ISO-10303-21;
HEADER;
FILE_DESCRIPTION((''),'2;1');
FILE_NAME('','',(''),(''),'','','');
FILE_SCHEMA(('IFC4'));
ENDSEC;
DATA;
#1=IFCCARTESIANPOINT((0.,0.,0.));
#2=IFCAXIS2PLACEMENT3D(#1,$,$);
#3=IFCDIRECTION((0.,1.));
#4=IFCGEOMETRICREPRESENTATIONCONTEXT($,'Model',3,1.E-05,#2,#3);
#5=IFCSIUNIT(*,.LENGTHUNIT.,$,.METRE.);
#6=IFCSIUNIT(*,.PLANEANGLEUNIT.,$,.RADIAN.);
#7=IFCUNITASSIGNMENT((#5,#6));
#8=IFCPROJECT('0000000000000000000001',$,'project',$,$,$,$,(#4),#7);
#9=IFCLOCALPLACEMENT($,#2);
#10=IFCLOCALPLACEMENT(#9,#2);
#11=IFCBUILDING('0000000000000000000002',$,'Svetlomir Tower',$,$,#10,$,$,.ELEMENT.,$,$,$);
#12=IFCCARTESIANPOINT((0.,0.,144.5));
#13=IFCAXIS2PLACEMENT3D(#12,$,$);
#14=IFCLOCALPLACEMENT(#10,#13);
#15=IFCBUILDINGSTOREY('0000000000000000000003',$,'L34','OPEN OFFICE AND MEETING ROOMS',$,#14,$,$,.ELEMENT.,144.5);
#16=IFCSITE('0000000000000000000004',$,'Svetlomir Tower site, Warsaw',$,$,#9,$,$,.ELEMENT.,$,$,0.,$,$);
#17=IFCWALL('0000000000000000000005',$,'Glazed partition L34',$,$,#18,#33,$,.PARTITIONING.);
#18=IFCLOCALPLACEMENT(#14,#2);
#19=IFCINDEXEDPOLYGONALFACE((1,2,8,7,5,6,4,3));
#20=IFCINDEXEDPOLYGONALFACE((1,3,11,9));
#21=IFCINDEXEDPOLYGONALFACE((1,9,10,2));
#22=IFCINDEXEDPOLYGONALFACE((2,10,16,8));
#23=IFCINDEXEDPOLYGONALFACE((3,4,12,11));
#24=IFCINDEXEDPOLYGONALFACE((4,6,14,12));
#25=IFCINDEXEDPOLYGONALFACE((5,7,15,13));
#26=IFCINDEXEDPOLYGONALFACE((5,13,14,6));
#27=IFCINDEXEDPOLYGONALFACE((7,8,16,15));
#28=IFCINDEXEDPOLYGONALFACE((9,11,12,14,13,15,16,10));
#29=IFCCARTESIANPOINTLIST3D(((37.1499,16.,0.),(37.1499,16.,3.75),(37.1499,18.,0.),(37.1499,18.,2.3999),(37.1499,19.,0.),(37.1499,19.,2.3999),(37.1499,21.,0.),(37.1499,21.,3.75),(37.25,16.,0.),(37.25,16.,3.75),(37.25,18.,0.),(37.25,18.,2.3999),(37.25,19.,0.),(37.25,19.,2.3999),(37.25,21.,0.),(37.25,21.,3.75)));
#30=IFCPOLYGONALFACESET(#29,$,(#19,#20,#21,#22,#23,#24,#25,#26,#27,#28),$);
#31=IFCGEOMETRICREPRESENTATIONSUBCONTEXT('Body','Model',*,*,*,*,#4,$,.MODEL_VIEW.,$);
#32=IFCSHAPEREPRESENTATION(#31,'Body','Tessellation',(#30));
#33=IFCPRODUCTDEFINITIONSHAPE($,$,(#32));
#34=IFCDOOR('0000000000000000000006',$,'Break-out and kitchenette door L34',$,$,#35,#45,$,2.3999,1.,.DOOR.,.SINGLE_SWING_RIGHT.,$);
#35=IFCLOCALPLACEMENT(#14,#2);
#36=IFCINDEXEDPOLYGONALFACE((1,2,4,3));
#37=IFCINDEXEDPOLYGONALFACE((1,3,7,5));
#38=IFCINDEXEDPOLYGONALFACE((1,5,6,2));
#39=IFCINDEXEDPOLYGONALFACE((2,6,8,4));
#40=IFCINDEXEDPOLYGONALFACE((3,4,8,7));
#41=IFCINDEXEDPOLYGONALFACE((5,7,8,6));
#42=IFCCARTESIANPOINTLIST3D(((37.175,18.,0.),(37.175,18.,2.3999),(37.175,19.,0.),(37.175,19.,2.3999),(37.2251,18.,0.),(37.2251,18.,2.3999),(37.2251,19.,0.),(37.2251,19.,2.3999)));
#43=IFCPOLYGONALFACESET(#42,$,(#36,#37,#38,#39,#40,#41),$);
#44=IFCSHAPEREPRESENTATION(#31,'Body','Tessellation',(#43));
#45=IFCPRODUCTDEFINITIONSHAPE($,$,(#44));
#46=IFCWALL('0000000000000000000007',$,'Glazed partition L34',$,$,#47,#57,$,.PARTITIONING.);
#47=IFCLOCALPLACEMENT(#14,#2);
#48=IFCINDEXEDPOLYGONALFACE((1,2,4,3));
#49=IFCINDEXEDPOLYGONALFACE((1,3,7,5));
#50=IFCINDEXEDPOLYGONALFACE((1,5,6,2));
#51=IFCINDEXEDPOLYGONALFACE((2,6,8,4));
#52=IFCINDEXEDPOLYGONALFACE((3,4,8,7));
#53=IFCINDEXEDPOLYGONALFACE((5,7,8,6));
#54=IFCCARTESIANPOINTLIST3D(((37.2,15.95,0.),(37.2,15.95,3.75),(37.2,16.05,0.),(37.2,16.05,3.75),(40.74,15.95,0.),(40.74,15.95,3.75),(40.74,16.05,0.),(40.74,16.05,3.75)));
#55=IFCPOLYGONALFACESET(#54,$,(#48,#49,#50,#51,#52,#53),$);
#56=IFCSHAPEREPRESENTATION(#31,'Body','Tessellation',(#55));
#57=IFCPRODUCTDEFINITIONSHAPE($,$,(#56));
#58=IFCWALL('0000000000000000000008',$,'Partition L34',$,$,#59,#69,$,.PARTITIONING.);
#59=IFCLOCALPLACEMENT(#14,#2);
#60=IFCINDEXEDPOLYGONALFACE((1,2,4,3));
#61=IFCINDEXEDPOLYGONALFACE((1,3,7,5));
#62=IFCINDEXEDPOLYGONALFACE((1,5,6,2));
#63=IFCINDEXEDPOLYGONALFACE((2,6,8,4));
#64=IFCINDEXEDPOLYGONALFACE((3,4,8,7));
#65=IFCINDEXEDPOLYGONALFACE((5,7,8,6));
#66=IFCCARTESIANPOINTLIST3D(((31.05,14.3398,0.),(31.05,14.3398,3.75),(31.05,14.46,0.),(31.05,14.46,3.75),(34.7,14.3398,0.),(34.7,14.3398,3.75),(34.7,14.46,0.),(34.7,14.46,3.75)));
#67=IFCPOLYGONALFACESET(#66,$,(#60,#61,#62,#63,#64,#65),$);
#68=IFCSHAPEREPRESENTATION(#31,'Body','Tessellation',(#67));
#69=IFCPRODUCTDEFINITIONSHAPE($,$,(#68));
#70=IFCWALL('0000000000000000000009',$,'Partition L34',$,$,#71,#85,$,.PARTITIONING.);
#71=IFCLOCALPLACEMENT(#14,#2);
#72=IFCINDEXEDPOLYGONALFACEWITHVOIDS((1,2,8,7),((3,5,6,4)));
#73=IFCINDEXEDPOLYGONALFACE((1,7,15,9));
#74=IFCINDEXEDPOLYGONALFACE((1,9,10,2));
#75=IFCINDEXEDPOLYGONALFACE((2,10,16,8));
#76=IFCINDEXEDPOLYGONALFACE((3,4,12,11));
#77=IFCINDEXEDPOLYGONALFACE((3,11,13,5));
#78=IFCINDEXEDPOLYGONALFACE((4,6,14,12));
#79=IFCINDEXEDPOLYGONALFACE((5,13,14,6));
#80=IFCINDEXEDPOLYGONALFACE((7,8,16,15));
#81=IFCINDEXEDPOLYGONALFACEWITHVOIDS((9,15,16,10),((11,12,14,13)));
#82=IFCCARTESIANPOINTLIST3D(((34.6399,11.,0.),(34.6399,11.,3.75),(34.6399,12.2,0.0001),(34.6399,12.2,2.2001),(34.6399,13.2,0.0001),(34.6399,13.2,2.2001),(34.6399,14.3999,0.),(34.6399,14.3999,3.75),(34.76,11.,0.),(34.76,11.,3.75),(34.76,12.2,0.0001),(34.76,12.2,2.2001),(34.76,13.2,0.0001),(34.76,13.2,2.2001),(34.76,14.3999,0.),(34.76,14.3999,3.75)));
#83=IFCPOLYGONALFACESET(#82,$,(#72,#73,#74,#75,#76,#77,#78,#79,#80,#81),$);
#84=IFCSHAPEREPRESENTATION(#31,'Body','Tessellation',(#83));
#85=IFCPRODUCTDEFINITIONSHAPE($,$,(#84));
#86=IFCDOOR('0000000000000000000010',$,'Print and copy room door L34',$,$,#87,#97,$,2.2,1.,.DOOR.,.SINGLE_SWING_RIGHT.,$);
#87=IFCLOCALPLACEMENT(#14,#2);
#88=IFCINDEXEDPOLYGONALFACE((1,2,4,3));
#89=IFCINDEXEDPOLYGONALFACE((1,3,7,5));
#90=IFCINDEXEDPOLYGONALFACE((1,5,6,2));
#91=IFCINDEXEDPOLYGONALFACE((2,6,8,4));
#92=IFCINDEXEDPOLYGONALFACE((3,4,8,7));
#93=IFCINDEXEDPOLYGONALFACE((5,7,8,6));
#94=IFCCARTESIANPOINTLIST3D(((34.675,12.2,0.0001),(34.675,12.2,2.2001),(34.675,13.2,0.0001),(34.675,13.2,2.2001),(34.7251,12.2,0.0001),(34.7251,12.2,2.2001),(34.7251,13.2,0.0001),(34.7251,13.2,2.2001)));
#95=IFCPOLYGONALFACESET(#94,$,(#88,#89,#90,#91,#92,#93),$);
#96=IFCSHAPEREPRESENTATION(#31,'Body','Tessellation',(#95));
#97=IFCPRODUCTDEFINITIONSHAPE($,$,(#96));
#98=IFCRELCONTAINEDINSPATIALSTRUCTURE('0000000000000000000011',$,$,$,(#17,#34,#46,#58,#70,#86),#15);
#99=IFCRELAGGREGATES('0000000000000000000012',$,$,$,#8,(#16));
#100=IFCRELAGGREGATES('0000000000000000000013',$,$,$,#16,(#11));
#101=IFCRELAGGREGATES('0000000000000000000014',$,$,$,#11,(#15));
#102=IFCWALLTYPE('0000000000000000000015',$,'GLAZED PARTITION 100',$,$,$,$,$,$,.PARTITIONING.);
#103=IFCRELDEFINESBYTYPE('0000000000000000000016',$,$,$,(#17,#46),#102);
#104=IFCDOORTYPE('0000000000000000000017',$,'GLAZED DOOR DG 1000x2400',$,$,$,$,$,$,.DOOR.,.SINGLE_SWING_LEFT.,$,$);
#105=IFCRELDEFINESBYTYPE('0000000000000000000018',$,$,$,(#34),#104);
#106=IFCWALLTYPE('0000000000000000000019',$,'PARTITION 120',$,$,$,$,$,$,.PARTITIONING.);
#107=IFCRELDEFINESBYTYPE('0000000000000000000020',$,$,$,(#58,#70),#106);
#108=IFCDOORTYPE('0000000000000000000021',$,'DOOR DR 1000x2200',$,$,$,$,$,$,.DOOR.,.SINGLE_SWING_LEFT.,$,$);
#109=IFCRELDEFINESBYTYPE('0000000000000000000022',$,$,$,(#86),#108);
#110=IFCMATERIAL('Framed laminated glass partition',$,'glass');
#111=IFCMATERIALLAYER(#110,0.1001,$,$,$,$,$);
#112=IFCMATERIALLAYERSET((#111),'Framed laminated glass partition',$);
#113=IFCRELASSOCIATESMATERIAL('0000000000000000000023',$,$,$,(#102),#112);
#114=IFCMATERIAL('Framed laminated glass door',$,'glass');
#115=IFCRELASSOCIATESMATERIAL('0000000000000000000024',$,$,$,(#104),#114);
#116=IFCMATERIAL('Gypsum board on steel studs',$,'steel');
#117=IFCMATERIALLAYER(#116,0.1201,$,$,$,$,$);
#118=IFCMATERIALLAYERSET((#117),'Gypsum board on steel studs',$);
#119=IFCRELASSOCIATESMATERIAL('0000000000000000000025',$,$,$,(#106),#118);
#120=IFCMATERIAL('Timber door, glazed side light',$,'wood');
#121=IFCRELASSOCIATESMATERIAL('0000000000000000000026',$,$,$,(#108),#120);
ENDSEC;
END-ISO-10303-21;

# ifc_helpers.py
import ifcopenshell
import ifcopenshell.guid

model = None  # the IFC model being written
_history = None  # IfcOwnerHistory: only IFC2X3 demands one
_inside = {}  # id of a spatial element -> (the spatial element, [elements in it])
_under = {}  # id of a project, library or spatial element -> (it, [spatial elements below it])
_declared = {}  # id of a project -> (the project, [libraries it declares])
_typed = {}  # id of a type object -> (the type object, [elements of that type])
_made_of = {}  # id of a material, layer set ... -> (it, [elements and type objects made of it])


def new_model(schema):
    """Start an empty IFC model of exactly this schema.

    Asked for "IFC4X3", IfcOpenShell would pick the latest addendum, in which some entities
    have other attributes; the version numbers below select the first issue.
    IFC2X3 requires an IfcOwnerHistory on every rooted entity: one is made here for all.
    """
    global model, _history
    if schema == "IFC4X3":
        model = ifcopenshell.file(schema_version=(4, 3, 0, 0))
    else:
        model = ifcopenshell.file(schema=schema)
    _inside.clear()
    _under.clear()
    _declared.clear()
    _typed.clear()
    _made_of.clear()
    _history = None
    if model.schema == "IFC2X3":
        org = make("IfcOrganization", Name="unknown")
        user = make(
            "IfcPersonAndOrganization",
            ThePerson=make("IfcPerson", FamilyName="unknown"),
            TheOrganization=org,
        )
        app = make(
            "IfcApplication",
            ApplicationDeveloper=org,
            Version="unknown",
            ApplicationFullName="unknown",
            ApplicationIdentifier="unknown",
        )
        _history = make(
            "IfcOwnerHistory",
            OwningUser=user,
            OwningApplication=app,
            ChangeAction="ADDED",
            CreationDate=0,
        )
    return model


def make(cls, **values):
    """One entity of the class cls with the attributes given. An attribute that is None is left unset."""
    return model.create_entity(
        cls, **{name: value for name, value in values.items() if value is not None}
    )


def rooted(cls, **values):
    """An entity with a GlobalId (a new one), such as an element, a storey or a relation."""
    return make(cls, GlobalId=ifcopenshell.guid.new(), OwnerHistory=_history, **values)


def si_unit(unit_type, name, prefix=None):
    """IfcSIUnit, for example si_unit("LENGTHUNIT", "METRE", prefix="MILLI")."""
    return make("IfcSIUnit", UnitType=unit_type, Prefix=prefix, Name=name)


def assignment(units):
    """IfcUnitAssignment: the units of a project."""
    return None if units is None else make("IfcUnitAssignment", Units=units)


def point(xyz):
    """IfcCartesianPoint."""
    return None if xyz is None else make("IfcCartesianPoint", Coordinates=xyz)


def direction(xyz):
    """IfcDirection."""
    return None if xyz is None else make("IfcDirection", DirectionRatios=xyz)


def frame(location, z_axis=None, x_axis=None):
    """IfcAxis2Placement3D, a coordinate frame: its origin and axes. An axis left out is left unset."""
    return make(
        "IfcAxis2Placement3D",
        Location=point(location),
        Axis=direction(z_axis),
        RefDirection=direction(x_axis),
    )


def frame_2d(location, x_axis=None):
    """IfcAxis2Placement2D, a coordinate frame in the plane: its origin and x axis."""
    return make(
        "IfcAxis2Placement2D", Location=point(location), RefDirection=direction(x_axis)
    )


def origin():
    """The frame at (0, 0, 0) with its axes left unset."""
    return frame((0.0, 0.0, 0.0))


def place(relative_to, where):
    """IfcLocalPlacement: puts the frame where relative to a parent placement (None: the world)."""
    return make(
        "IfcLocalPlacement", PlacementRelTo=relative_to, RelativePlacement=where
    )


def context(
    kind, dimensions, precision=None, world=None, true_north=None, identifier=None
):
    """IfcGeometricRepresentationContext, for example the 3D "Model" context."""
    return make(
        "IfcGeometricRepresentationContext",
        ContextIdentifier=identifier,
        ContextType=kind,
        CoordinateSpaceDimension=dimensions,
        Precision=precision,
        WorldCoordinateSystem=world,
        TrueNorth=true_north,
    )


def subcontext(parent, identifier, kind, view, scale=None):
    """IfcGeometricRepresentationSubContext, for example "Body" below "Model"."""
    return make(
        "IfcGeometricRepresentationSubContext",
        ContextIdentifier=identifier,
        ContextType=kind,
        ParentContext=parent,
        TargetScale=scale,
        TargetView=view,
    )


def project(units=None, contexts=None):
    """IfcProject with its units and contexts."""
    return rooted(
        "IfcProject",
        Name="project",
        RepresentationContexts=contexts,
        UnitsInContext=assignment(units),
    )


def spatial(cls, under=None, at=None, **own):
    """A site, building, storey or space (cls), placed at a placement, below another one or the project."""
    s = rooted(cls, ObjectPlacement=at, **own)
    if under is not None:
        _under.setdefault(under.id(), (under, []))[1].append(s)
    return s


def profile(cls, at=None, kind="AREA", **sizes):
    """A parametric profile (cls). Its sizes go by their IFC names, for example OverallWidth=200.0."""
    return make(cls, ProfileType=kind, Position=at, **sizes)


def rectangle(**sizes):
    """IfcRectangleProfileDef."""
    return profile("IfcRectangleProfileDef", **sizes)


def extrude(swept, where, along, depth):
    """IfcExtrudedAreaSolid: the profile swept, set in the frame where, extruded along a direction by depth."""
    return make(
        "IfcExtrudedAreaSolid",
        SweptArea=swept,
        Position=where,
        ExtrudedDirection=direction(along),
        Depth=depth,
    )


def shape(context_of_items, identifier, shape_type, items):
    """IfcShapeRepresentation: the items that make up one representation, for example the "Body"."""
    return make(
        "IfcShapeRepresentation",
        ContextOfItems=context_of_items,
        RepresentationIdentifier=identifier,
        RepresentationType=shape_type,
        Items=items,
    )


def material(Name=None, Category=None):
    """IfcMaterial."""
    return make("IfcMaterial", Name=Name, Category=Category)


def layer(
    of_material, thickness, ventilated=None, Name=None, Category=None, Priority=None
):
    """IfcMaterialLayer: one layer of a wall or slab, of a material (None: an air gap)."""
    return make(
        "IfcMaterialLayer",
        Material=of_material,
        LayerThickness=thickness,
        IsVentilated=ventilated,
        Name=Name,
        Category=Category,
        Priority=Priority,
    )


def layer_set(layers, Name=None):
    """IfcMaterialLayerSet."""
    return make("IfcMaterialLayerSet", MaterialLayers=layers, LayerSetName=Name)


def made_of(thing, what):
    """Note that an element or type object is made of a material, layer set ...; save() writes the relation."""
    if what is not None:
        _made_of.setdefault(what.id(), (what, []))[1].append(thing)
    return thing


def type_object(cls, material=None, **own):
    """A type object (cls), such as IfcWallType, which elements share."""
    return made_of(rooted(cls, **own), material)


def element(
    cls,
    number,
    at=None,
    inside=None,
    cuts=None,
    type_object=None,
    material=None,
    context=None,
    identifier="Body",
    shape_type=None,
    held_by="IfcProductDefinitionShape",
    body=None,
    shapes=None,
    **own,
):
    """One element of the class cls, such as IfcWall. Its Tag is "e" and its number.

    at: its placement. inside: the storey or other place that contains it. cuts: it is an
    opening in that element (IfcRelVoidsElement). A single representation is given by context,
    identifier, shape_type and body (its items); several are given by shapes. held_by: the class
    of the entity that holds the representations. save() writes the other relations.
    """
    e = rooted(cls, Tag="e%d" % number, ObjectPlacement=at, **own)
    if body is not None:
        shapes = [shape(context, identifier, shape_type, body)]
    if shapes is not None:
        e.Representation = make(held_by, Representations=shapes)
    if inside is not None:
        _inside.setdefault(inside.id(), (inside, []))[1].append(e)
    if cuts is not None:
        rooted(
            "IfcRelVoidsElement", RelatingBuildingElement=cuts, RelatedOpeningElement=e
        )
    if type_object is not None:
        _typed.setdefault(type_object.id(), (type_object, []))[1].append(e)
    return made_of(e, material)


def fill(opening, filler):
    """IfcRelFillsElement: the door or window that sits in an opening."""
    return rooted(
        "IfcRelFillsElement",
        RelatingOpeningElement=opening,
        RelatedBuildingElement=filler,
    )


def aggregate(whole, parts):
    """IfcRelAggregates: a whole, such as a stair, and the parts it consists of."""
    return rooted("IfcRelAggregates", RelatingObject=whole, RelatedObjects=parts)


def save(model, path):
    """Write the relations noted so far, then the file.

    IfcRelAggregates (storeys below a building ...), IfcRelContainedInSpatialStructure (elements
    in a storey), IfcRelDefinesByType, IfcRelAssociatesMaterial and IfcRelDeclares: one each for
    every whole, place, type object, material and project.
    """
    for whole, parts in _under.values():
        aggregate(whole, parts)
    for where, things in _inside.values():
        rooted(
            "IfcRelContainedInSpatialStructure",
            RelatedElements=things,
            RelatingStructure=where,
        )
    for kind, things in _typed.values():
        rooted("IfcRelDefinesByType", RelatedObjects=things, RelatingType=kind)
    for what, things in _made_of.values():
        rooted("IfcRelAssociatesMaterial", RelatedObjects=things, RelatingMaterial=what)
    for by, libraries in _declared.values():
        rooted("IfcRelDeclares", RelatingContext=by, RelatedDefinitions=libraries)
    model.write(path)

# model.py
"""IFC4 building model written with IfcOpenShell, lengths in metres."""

from ifc_helpers import new_model, si_unit, direction, frame, frame_2d, origin, place, context, subcontext, project, spatial, rectangle, extrude, material, layer, layer_set, type_object, element, fill, save


model = new_model("IFC4")

# Units and contexts
model_context = context("Model", 3, precision=1e-05, world=origin(), true_north=direction((0.0, 1.0)))
body_context = subcontext(model_context, "Body", "Model", "MODEL_VIEW")
ifc_project = project(units=[si_unit("LENGTHUNIT", "METRE"), si_unit("PLANEANGLEUNIT", "RADIAN")], contexts=[model_context])

# Site, building, storey
site_placement = place(None, origin())
site = spatial("IfcSite", under=ifc_project, at=site_placement, Name="Svetlomir Tower site, Warsaw", CompositionType="ELEMENT", RefElevation=0.0)
building_placement = place(site_placement, origin())
building = spatial("IfcBuilding", under=site, at=building_placement, Name="Svetlomir Tower", CompositionType="ELEMENT")
storey_placement = place(building_placement, frame((0.0, 0.0, 144.5)))
storey = spatial("IfcBuildingStorey", under=building, at=storey_placement, Name="L34", Description="OPEN OFFICE AND MEETING ROOMS", CompositionType="ELEMENT", Elevation=144.5)

# Wall, opening, door
ifc_material_1 = material(Name="Framed laminated glass partition", Category="glass")
ifc_layer_1 = layer(ifc_material_1, 0.1001)
ifc_layer_set_1 = layer_set([ifc_layer_1], Name="Framed laminated glass partition")
wall_type_1 = type_object("IfcWallType", Name="GLAZED PARTITION 100", PredefinedType="PARTITIONING", material=ifc_layer_set_1)
wall_1_placement = place(storey_placement, frame((37.2, 16.0, 0.0), z_axis=(0.0, 0.0, 1.0), x_axis=(0.0, 1.0, 0.0)))
wall_1 = element("IfcWall", 1, at=wall_1_placement, inside=storey, type_object=wall_type_1, Name="Glazed partition L34", PredefinedType="PARTITIONING", context=body_context, shape_type="SweptSolid", body=[
    extrude(rectangle(XDim=5.0, YDim=0.1001, at=frame_2d((2.5, 0.0))), origin(), (0.0, 0.0, 1.0), 3.75),
])
opening_1_placement = place(wall_1_placement, frame((2.0, 0.0, 0.0)))
opening_1 = element("IfcOpeningElement", 2, at=opening_1_placement, cuts=wall_1, PredefinedType="OPENING", context=body_context, shape_type="SweptSolid", body=[
    extrude(rectangle(XDim=1.0, YDim=2.3999, at=frame_2d((0.5, 1.2))), frame((0.0, 0.0601, 0.0), z_axis=(0.0, -1.0, 0.0), x_axis=(1.0, 0.0, 0.0)), (0.0, 0.0, 1.0), 0.1201),
])
ifc_material_2 = material(Name="Framed laminated glass door", Category="glass")
door_type_1 = type_object("IfcDoorType", Name="GLAZED DOOR DG 1000x2400", OperationType="SINGLE_SWING_LEFT", PredefinedType="DOOR", material=ifc_material_2)
door_1_placement = place(opening_1_placement, origin())
door_1 = element("IfcDoor", 3, at=door_1_placement, inside=storey, type_object=door_type_1, Name="Break-out and kitchenette door L34", OperationType="SINGLE_SWING_RIGHT", OverallHeight=2.3999, OverallWidth=1.0, PredefinedType="DOOR", context=body_context, shape_type="SweptSolid", body=[
    extrude(rectangle(XDim=1.0, YDim=2.3999, at=frame_2d((0.5, 1.2))), frame((0.0, 0.0249, 0.0), z_axis=(0.0, -1.0, 0.0), x_axis=(1.0, 0.0, 0.0)), (0.0, 0.0, 1.0), 0.05),
])
fill(opening_1, door_1)

# Walls
wall_2_placement = place(storey_placement, frame((37.2, 16.0, 0.0), z_axis=(0.0, 0.0, 1.0), x_axis=(1.0, 0.0, 0.0)))
element("IfcWall", 4, at=wall_2_placement, inside=storey, type_object=wall_type_1, Name="Glazed partition L34", PredefinedType="PARTITIONING", context=body_context, shape_type="SweptSolid", body=[
    extrude(rectangle(XDim=3.54, YDim=0.1001, at=frame_2d((1.77, 0.0))), origin(), (0.0, 0.0, 1.0), 3.75),
])
ifc_material_3 = material(Name="Gypsum board on steel studs", Category="steel")
ifc_layer_2 = layer(ifc_material_3, 0.1201)
ifc_layer_set_2 = layer_set([ifc_layer_2], Name="Gypsum board on steel studs")
wall_type_2 = type_object("IfcWallType", Name="PARTITION 120", PredefinedType="PARTITIONING", material=ifc_layer_set_2)
wall_3_placement = place(storey_placement, frame((31.05, 14.3999, 0.0), z_axis=(0.0, 0.0, 1.0), x_axis=(1.0, 0.0, 0.0)))
element("IfcWall", 5, at=wall_3_placement, inside=storey, type_object=wall_type_2, Name="Partition L34", PredefinedType="PARTITIONING", context=body_context, shape_type="SweptSolid", body=[
    extrude(rectangle(XDim=3.6499, YDim=0.1201, at=frame_2d((1.825, 0.0))), origin(), (0.0, 0.0, 1.0), 3.75),
])

# Wall, opening, door
wall_4_placement = place(storey_placement, frame((34.7, 11.0, 0.0), z_axis=(0.0, 0.0, 1.0), x_axis=(0.0, 1.0, 0.0)))
wall_4 = element("IfcWall", 6, at=wall_4_placement, inside=storey, type_object=wall_type_2, Name="Partition L34", PredefinedType="PARTITIONING", context=body_context, shape_type="SweptSolid", body=[
    extrude(rectangle(XDim=3.3999, YDim=0.1201, at=frame_2d((1.7, 0.0))), origin(), (0.0, 0.0, 1.0), 3.75),
])
opening_2_placement = place(wall_4_placement, frame((1.2, 0.0, 0.0)))
opening_2 = element("IfcOpeningElement", 7, at=opening_2_placement, cuts=wall_4, PredefinedType="OPENING", context=body_context, shape_type="SweptSolid", body=[
    extrude(rectangle(XDim=1.0, YDim=2.2, at=frame_2d((0.5, 1.1001))), frame((0.0, 0.0701, 0.0), z_axis=(0.0, -1.0, 0.0), x_axis=(1.0, 0.0, 0.0)), (0.0, 0.0, 1.0), 0.1401),
])
ifc_material_4 = material(Name="Timber door, glazed side light", Category="wood")
door_type_2 = type_object("IfcDoorType", Name="DOOR DR 1000x2200", OperationType="SINGLE_SWING_LEFT", PredefinedType="DOOR", material=ifc_material_4)
door_2_placement = place(opening_2_placement, origin())
door_2 = element("IfcDoor", 8, at=door_2_placement, inside=storey, type_object=door_type_2, Name="Print and copy room door L34", OperationType="SINGLE_SWING_RIGHT", OverallHeight=2.2, OverallWidth=1.0, PredefinedType="DOOR", context=body_context, shape_type="SweptSolid", body=[
    extrude(rectangle(XDim=1.0, YDim=2.2, at=frame_2d((0.5, 1.1001))), frame((0.0, 0.0249, 0.0), z_axis=(0.0, -1.0, 0.0), x_axis=(1.0, 0.0, 0.0)), (0.0, 0.0, 1.0), 0.05),
])
fill(opening_2, door_2)

save(model, "model.ifc")
